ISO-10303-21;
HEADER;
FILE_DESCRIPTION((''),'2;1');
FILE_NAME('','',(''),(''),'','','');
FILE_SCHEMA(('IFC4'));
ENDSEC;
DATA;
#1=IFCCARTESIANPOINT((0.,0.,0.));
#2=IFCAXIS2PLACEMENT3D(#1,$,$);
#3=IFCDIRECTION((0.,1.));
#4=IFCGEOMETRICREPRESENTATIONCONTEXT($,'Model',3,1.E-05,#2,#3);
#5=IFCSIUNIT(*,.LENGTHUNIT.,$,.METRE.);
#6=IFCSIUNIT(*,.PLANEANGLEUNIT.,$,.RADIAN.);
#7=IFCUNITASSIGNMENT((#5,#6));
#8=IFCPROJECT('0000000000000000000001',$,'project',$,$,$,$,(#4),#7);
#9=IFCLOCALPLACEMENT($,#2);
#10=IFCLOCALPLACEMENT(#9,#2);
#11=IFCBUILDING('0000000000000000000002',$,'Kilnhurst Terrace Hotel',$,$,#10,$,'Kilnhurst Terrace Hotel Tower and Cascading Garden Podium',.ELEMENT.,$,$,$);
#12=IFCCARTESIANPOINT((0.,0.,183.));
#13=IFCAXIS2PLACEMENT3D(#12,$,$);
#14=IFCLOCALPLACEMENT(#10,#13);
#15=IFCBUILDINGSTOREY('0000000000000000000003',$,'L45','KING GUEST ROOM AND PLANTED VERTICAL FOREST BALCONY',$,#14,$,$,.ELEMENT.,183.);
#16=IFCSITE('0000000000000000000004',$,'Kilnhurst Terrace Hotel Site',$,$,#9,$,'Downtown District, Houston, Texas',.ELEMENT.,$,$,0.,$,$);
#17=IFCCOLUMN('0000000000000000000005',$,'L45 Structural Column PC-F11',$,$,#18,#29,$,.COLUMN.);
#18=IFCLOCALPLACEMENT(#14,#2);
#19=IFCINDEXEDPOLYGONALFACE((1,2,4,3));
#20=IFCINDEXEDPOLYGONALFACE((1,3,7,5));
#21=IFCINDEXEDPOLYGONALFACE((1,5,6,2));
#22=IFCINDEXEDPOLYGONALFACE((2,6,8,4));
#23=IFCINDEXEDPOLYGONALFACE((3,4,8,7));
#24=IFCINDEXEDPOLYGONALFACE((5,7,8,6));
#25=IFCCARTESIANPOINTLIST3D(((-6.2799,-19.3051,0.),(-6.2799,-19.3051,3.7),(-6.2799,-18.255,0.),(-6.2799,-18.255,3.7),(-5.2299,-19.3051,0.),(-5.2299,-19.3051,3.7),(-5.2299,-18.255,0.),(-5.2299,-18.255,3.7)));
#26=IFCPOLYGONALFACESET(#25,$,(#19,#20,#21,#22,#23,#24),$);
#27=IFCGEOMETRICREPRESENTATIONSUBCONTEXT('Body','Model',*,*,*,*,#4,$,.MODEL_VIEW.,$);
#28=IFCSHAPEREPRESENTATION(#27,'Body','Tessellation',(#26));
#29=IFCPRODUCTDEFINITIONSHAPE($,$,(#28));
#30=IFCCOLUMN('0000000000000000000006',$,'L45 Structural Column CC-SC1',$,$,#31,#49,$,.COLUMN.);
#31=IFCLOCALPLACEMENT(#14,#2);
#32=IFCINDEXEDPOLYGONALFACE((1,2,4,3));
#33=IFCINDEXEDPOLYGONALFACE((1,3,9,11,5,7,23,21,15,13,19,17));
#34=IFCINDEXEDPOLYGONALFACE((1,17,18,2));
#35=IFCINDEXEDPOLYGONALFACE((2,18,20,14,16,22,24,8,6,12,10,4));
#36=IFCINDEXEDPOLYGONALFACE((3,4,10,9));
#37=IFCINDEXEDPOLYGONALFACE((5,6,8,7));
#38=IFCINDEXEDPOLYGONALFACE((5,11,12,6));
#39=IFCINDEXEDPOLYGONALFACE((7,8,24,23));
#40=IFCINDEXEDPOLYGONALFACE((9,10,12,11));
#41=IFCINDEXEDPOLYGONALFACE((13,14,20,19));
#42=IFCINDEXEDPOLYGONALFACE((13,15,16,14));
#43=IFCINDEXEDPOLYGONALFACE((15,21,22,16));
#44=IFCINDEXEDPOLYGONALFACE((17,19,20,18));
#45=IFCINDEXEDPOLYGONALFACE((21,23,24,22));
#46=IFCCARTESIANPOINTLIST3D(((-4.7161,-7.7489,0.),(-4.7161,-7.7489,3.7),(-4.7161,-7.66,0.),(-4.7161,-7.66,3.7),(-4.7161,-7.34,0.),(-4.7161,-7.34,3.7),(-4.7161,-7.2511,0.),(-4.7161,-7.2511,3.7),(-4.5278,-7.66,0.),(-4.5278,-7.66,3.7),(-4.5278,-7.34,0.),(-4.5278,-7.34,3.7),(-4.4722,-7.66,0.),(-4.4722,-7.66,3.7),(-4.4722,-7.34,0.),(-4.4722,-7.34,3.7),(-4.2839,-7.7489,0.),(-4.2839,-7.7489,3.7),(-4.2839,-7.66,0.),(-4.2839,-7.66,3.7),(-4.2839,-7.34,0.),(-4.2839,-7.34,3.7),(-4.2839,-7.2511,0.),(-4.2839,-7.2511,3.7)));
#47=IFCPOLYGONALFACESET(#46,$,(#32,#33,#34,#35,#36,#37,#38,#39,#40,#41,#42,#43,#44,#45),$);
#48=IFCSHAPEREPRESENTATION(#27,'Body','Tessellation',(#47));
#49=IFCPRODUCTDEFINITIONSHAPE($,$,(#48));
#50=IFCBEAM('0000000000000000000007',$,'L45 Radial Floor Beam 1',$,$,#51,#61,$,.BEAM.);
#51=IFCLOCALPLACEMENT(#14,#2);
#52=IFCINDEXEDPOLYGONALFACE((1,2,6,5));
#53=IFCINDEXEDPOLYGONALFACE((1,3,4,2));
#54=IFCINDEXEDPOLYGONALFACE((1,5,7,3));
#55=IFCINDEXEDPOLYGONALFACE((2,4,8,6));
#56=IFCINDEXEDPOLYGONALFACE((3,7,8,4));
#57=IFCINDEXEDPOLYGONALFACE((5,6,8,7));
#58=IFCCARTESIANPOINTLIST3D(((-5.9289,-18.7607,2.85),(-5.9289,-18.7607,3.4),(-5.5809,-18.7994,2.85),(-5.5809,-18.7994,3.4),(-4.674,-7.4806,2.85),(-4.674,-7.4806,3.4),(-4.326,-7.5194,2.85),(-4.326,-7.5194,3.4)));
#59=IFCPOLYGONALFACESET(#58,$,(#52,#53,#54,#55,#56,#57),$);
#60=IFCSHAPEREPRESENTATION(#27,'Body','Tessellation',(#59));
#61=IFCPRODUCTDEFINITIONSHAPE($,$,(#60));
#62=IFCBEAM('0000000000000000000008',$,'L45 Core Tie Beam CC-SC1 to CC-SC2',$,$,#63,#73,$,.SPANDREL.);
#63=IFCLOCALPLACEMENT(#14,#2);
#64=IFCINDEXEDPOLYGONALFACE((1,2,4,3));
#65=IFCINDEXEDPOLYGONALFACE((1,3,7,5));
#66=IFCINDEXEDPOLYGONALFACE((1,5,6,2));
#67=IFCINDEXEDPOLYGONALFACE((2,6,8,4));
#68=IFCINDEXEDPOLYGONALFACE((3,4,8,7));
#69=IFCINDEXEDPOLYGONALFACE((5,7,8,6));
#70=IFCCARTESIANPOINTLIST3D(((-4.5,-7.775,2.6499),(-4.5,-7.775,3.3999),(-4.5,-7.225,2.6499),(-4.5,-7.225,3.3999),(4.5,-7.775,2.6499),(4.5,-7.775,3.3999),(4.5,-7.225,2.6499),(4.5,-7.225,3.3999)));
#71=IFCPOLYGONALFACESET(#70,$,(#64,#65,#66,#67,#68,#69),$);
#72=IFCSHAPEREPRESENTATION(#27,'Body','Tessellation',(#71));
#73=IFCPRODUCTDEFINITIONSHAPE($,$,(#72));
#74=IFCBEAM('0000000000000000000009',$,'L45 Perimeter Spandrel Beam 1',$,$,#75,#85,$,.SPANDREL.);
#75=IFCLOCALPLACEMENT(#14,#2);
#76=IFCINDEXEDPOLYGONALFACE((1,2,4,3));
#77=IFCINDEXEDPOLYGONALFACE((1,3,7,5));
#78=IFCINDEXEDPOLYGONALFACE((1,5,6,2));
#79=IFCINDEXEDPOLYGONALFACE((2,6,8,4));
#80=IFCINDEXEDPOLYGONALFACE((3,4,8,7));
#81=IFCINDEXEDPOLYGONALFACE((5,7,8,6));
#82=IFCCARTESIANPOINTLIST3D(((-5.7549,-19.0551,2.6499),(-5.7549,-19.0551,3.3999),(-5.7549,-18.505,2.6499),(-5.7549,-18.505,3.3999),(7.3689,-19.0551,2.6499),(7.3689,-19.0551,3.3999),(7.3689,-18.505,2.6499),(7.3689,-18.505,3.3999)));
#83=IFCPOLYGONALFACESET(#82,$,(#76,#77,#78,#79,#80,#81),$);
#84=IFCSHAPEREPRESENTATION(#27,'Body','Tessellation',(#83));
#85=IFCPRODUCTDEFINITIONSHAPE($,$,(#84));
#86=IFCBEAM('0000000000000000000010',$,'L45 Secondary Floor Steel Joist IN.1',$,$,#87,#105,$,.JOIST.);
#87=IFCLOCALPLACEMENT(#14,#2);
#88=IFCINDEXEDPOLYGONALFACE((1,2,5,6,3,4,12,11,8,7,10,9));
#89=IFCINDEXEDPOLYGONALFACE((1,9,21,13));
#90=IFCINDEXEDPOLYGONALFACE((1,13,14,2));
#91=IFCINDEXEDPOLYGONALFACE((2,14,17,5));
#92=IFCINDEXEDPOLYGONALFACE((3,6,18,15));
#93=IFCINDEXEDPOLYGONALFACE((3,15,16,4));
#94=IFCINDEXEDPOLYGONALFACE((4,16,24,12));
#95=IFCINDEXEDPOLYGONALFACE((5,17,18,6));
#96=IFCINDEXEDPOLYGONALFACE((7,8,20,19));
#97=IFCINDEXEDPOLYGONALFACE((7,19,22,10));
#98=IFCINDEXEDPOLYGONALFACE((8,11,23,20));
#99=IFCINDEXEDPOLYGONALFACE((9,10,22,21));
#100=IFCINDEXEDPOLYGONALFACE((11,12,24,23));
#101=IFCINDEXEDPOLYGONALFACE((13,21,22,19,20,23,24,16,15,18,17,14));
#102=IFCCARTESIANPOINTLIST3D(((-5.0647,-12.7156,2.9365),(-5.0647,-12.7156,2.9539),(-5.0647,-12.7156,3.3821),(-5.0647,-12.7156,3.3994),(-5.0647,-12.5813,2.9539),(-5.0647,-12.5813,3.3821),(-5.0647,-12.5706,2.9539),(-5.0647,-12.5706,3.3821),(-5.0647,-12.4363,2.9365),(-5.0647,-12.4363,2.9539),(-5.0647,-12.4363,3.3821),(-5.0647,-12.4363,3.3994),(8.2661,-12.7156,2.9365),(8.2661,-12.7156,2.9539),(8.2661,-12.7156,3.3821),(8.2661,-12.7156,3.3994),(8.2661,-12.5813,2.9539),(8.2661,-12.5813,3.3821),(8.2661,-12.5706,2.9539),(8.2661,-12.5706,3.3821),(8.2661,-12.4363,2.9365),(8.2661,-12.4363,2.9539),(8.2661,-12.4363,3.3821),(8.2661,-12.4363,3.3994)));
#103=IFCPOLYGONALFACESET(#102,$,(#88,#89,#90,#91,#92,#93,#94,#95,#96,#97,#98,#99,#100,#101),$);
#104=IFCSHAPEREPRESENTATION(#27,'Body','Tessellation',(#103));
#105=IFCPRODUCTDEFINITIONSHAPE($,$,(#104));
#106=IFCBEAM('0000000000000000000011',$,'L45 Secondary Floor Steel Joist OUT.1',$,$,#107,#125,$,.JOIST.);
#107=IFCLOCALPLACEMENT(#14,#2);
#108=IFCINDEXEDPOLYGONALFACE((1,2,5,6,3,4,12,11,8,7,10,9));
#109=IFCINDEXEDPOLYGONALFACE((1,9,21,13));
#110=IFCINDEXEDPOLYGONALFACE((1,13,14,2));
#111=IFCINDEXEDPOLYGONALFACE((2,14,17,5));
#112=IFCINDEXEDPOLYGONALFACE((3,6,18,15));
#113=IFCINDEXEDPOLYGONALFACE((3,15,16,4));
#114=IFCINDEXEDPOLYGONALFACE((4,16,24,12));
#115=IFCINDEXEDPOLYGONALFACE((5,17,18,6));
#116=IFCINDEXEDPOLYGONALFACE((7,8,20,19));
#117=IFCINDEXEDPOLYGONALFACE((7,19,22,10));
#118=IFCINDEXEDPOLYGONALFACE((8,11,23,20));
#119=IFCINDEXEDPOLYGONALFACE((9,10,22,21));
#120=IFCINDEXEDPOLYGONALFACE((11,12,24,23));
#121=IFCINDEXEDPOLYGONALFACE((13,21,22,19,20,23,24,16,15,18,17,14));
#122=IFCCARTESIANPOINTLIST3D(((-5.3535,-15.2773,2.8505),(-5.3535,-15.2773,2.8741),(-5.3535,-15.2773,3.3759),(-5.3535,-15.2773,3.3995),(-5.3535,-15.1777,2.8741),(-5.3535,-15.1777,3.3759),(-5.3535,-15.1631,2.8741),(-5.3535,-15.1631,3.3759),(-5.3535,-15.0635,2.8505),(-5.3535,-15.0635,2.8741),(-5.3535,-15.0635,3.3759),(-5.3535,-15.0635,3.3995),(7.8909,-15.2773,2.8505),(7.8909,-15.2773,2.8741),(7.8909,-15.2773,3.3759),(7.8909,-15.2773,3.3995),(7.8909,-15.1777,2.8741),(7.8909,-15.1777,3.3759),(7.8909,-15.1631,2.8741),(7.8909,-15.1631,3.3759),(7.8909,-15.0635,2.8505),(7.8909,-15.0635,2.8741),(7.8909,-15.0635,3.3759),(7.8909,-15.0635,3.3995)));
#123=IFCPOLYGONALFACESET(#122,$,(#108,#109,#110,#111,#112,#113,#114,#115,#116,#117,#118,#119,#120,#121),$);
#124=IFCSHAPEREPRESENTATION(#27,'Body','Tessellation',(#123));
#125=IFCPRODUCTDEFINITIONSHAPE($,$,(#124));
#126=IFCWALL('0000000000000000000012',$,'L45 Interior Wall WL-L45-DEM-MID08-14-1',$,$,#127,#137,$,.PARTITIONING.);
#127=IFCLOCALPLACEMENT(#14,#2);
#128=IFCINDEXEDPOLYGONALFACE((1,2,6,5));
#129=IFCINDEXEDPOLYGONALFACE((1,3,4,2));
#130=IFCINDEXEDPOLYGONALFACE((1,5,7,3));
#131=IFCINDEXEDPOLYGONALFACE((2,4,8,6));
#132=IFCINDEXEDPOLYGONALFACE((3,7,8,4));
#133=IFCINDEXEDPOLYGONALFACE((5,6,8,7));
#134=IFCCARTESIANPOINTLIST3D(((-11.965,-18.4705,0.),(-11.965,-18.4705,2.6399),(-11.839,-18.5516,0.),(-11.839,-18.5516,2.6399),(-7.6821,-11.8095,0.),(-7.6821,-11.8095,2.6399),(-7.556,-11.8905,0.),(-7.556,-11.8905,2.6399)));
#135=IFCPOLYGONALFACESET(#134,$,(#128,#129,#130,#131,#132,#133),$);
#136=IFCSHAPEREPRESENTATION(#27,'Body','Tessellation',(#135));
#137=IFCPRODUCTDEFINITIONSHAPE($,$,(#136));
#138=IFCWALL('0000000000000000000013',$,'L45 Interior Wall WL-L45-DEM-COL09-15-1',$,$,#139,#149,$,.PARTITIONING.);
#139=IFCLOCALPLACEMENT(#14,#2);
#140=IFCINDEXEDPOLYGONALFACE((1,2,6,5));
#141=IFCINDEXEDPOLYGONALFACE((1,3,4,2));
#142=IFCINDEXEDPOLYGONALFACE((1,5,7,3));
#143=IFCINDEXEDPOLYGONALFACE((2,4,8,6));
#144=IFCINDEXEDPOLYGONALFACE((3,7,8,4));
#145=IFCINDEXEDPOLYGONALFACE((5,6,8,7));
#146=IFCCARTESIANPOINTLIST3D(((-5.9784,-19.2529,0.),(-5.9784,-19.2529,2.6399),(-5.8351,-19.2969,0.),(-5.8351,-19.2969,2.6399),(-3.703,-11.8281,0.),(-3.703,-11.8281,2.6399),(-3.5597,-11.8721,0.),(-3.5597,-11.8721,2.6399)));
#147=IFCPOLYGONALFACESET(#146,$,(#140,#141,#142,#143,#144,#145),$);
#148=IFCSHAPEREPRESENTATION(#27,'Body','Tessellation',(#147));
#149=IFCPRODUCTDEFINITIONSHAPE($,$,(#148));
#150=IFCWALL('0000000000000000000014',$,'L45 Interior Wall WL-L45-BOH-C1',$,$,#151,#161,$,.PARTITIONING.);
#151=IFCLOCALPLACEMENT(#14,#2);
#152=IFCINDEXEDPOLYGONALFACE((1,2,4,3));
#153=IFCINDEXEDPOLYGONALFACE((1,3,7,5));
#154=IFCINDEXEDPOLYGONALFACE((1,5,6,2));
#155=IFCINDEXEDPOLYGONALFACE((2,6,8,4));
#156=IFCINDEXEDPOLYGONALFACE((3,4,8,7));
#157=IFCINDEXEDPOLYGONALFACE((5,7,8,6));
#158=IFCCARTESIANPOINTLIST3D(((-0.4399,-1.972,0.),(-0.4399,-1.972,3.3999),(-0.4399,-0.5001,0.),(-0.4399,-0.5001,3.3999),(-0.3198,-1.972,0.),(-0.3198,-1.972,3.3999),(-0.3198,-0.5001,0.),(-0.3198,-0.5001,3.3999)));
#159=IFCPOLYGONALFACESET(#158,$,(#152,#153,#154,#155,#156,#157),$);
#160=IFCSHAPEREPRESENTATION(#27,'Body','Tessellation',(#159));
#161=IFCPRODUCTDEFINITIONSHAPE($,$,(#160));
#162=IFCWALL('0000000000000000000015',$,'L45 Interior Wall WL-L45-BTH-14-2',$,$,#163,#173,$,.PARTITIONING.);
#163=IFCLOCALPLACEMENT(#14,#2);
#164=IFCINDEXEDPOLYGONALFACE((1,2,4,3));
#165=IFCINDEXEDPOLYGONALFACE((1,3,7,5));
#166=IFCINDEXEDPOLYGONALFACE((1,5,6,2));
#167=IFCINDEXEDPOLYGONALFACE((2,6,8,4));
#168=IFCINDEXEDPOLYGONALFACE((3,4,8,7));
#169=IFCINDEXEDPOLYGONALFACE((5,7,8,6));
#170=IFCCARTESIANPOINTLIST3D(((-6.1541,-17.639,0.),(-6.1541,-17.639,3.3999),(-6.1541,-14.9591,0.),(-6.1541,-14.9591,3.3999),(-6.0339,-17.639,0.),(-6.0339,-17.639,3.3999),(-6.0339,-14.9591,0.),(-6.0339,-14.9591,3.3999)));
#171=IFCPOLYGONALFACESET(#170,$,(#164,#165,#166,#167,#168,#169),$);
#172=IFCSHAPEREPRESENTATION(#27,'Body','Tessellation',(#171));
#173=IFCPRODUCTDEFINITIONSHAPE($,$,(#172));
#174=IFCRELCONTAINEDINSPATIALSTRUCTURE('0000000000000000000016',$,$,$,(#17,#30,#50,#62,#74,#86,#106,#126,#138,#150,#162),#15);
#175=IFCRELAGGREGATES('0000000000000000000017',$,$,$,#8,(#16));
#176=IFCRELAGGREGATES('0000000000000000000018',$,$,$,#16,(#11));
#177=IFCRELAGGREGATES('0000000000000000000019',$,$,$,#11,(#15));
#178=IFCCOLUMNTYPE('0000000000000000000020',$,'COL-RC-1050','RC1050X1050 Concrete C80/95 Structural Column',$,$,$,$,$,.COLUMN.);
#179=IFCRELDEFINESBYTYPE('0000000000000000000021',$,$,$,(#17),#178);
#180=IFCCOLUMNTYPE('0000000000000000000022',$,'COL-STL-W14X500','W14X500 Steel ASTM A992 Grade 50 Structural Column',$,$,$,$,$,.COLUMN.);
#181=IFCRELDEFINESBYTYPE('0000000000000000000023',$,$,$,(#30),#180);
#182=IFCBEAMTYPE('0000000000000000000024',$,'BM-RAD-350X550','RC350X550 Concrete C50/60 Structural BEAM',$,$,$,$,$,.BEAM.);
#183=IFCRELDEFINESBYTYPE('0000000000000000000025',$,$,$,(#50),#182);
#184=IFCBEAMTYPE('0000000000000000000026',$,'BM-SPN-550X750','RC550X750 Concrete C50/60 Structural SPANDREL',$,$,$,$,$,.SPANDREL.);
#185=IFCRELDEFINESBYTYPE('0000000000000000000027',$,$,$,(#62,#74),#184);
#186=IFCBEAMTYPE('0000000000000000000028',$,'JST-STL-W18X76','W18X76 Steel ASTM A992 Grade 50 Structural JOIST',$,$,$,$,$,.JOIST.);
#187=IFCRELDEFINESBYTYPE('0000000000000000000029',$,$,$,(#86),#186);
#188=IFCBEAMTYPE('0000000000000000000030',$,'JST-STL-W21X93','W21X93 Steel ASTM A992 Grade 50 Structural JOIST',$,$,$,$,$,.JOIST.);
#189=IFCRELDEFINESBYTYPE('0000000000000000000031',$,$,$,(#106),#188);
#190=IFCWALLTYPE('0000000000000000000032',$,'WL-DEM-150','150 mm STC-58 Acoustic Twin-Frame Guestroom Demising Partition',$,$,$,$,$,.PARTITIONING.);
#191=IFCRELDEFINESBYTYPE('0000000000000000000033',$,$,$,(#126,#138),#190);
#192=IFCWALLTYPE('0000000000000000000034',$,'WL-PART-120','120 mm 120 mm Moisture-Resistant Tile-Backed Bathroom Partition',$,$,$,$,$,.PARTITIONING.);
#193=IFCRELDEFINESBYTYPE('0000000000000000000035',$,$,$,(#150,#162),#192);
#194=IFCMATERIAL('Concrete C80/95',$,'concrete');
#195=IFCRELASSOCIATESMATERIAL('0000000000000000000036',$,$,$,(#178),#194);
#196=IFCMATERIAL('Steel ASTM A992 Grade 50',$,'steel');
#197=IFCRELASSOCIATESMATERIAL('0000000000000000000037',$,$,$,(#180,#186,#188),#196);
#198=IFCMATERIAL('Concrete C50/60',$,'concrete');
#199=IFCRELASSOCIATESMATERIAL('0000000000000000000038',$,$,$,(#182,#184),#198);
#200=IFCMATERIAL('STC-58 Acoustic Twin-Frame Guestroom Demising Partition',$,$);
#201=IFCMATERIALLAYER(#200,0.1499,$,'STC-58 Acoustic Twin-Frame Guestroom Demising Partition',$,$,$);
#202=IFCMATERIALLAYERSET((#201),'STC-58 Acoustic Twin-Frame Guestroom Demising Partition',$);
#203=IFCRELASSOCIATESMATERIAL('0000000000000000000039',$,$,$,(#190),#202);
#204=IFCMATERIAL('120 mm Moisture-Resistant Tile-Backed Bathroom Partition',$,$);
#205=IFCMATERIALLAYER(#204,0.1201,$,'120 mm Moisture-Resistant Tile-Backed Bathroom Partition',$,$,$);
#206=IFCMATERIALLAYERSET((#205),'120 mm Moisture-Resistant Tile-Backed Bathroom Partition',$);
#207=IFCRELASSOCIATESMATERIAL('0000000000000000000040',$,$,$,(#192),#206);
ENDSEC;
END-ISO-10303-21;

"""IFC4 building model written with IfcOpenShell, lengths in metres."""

from ifc_helpers import new_model, si_unit, direction, frame, frame_2d, origin, origin_2d, place, context, subcontext, project, spatial, rectangle, i_section, extrude, material, layer, layer_set, material_profile, profile_set, type_object, element, save


model = new_model("IFC4")

# Units and contexts
model_context = context("Model", 3, precision=1e-05, world=origin(), true_north=direction((0.0, 1.0)))
body_context = subcontext(model_context, "Body", "Model", "MODEL_VIEW")
ifc_project = project(units=[si_unit("LENGTHUNIT", "METRE"), si_unit("PLANEANGLEUNIT", "RADIAN")], contexts=[model_context])

# Site, building, storey
site_placement = place(None, origin())
site = spatial("IfcSite", under=ifc_project, at=site_placement, Name="Kilnhurst Terrace Hotel Site", LongName="Downtown District, Houston, Texas", CompositionType="ELEMENT", RefElevation=0.0)
building_placement = place(site_placement, origin())
building = spatial("IfcBuilding", under=site, at=building_placement, Name="Kilnhurst Terrace Hotel", LongName="Kilnhurst Terrace Hotel Tower and Cascading Garden Podium", CompositionType="ELEMENT")
storey_placement = place(building_placement, frame((0.0, 0.0, 183.0)))
storey = spatial("IfcBuildingStorey", under=building, at=storey_placement, Name="L45", Description="KING GUEST ROOM AND PLANTED VERTICAL FOREST BALCONY", CompositionType="ELEMENT", Elevation=183.0)

# Columns
ifc_material_1 = material(Name="Concrete C80/95", Category="concrete")
ifc_material_profile_1 = material_profile(ifc_material_1, rectangle(XDim=1.05, YDim=1.05, at=origin_2d()), Name="RC1050X1050")
ifc_profile_set_1 = profile_set([ifc_material_profile_1], Name="Concrete C80/95")
column_type_1 = type_object("IfcColumnType", Name="COL-RC-1050", Description="RC1050X1050 Concrete C80/95 Structural Column", PredefinedType="COLUMN", material=ifc_profile_set_1)
column_1_placement = place(storey_placement, frame((-5.7549, -18.78, 0.0), z_axis=(0.0, 0.0, 1.0), x_axis=(1.0, 0.0, 0.0)))
element("IfcColumn", 1, at=column_1_placement, inside=storey, type_object=column_type_1, Name="L45 Structural Column PC-F11", PredefinedType="COLUMN", context=body_context, shape_type="SweptSolid", body=[
    extrude(rectangle(XDim=1.05, YDim=1.05, at=origin_2d()), origin(), (0.0, 0.0, 1.0), 3.7),
])
ifc_material_2 = material(Name="Steel ASTM A992 Grade 50", Category="steel")
ifc_material_profile_2 = material_profile(ifc_material_2, i_section(OverallWidth=0.4321, OverallDepth=0.4978, WebThickness=0.0557, FlangeThickness=0.0889, at=origin_2d()), Name="W14X500")
ifc_profile_set_2 = profile_set([ifc_material_profile_2], Name="Steel ASTM A992 Grade 50")
column_type_2 = type_object("IfcColumnType", Name="COL-STL-W14X500", Description="W14X500 Steel ASTM A992 Grade 50 Structural Column", PredefinedType="COLUMN", material=ifc_profile_set_2)
column_2_placement = place(storey_placement, frame((-4.5, -7.5, 0.0), z_axis=(0.0, 0.0, 1.0), x_axis=(1.0, 0.0, 0.0)))
element("IfcColumn", 2, at=column_2_placement, inside=storey, type_object=column_type_2, Name="L45 Structural Column CC-SC1", PredefinedType="COLUMN", context=body_context, shape_type="SweptSolid", body=[
    extrude(i_section(OverallWidth=0.4321, OverallDepth=0.4978, WebThickness=0.0557, FlangeThickness=0.0889, at=origin_2d()), origin(), (0.0, 0.0, 1.0), 3.7),
])

# Beams
ifc_material_3 = material(Name="Concrete C50/60", Category="concrete")
ifc_material_profile_3 = material_profile(ifc_material_3, rectangle(XDim=0.3501, YDim=0.55, at=origin_2d()), Name="RC350X550")
ifc_profile_set_3 = profile_set([ifc_material_profile_3], Name="Concrete C50/60")
beam_type_1 = type_object("IfcBeamType", Name="BM-RAD-350X550", Description="RC350X550 Concrete C50/60 Structural BEAM", PredefinedType="BEAM", material=ifc_profile_set_3)
beam_1_placement = place(storey_placement, frame((-4.5, -7.5, 3.125), z_axis=(-0.110566, -0.993869, 0.0), x_axis=(0.993869, -0.110566, 0.0)))
element("IfcBeam", 3, at=beam_1_placement, inside=storey, type_object=beam_type_1, Name="L45 Radial Floor Beam 1", PredefinedType="BEAM", context=body_context, shape_type="SweptSolid", body=[
    extrude(rectangle(XDim=0.3501, YDim=0.55, at=origin_2d()), origin(), (0.0, 0.0, 1.0), 11.3496),
])
ifc_material_profile_4 = material_profile(ifc_material_3, rectangle(XDim=0.55, YDim=0.75, at=origin_2d()), Name="RC550X750")
ifc_profile_set_4 = profile_set([ifc_material_profile_4], Name="Concrete C50/60")
beam_type_2 = type_object("IfcBeamType", Name="BM-SPN-550X750", Description="RC550X750 Concrete C50/60 Structural SPANDREL", PredefinedType="SPANDREL", material=ifc_profile_set_4)
beam_2_placement = place(storey_placement, frame((-4.5, -7.5, 3.0249), z_axis=(1.0, 0.0, 0.0), x_axis=(0.0, 1.0, 0.0)))
element("IfcBeam", 4, at=beam_2_placement, inside=storey, type_object=beam_type_2, Name="L45 Core Tie Beam CC-SC1 to CC-SC2", PredefinedType="SPANDREL", context=body_context, shape_type="SweptSolid", body=[
    extrude(rectangle(XDim=0.55, YDim=0.75, at=origin_2d()), origin(), (0.0, 0.0, 1.0), 9.0),
])
beam_3_placement = place(storey_placement, frame((-5.7549, -18.78, 3.0249), z_axis=(1.0, 0.0, 0.0), x_axis=(0.0, 1.0, 0.0)))
element("IfcBeam", 5, at=beam_3_placement, inside=storey, type_object=beam_type_2, Name="L45 Perimeter Spandrel Beam 1", PredefinedType="SPANDREL", context=body_context, shape_type="SweptSolid", body=[
    extrude(rectangle(XDim=0.55, YDim=0.75, at=origin_2d()), origin(), (0.0, 0.0, 1.0), 13.1238),
])
ifc_material_profile_5 = material_profile(ifc_material_2, i_section(OverallWidth=0.2793, OverallDepth=0.4629, WebThickness=0.0107, FlangeThickness=0.0173, at=origin_2d()), Name="W18X76")
ifc_profile_set_5 = profile_set([ifc_material_profile_5], Name="Steel ASTM A992 Grade 50")
beam_type_3 = type_object("IfcBeamType", Name="JST-STL-W18X76", Description="W18X76 Steel ASTM A992 Grade 50 Structural JOIST", PredefinedType="JOIST", material=ifc_profile_set_5)
beam_4_placement = place(storey_placement, frame((-5.0647, -12.5759, 3.168), z_axis=(1.0, 0.0, 0.0), x_axis=(0.0, 1.0, 0.0)))
element("IfcBeam", 6, at=beam_4_placement, inside=storey, type_object=beam_type_3, Name="L45 Secondary Floor Steel Joist IN.1", PredefinedType="JOIST", context=body_context, shape_type="SweptSolid", body=[
    extrude(i_section(OverallWidth=0.2793, OverallDepth=0.4629, WebThickness=0.0107, FlangeThickness=0.0173, at=origin_2d()), origin(), (0.0, 0.0, 1.0), 13.3308),
])
ifc_material_profile_6 = material_profile(ifc_material_2, i_section(OverallWidth=0.2139, OverallDepth=0.5491, WebThickness=0.0146, FlangeThickness=0.0237, at=origin_2d()), Name="W21X93")
ifc_profile_set_6 = profile_set([ifc_material_profile_6], Name="Steel ASTM A992 Grade 50")
beam_type_4 = type_object("IfcBeamType", Name="JST-STL-W21X93", Description="W21X93 Steel ASTM A992 Grade 50 Structural JOIST", PredefinedType="JOIST", material=ifc_profile_set_6)
beam_5_placement = place(storey_placement, frame((-5.3535, -15.1704, 3.125), z_axis=(1.0, 0.0, 0.0), x_axis=(0.0, 1.0, 0.0)))
element("IfcBeam", 7, at=beam_5_placement, inside=storey, type_object=beam_type_4, Name="L45 Secondary Floor Steel Joist OUT.1", PredefinedType="JOIST", context=body_context, shape_type="SweptSolid", body=[
    extrude(i_section(OverallWidth=0.2139, OverallDepth=0.5491, WebThickness=0.0146, FlangeThickness=0.0237, at=origin_2d()), origin(), (0.0, 0.0, 1.0), 13.2444),
])

# Walls
ifc_material_4 = material(Name="STC-58 Acoustic Twin-Frame Guestroom Demising Partition")
ifc_layer_1 = layer(ifc_material_4, 0.1499, Name="STC-58 Acoustic Twin-Frame Guestroom Demising Partition")
ifc_layer_set_1 = layer_set([ifc_layer_1], Name="STC-58 Acoustic Twin-Frame Guestroom Demising Partition")
wall_type_1 = type_object("IfcWallType", Name="WL-DEM-150", Description="150 mm STC-58 Acoustic Twin-Frame Guestroom Demising Partition", PredefinedType="PARTITIONING", material=ifc_layer_set_1)
wall_1_placement = place(storey_placement, frame((-7.6191, -11.8501, 0.0), z_axis=(0.0, 0.0, 1.0), x_axis=(-0.540829, -0.841132, 0.0)))
element("IfcWall", 8, at=wall_1_placement, inside=storey, type_object=wall_type_1, Name="L45 Interior Wall WL-L45-DEM-MID08-14-1", PredefinedType="PARTITIONING", context=body_context, shape_type="SweptSolid", body=[
    extrude(rectangle(XDim=7.9192, YDim=0.1499, at=frame_2d((3.9595, 0.0))), origin(), (0.0, 0.0, 1.0), 2.6399),
])
wall_2_placement = place(storey_placement, frame((-3.6313, -11.8501, 0.0), z_axis=(0.0, 0.0, 1.0), x_axis=(-0.293008, -0.95611, 0.0)))
element("IfcWall", 9, at=wall_2_placement, inside=storey, type_object=wall_type_1, Name="L45 Interior Wall WL-L45-DEM-COL09-15-1", PredefinedType="PARTITIONING", context=body_context, shape_type="SweptSolid", body=[
    extrude(rectangle(XDim=7.7656, YDim=0.1499, at=frame_2d((3.8828, 0.0))), origin(), (0.0, 0.0, 1.0), 2.6399),
])
ifc_material_5 = material(Name="120 mm Moisture-Resistant Tile-Backed Bathroom Partition")
ifc_layer_2 = layer(ifc_material_5, 0.1201, Name="120 mm Moisture-Resistant Tile-Backed Bathroom Partition")
ifc_layer_set_2 = layer_set([ifc_layer_2], Name="120 mm Moisture-Resistant Tile-Backed Bathroom Partition")
wall_type_2 = type_object("IfcWallType", Name="WL-PART-120", Description="120 mm 120 mm Moisture-Resistant Tile-Backed Bathroom Partition", PredefinedType="PARTITIONING", material=ifc_layer_set_2)
wall_3_placement = place(storey_placement, frame((-0.3799, -1.9719, 0.0), z_axis=(0.0, 0.0, 1.0), x_axis=(0.0, 1.0, 0.0)))
element("IfcWall", 10, at=wall_3_placement, inside=storey, type_object=wall_type_2, Name="L45 Interior Wall WL-L45-BOH-C1", PredefinedType="PARTITIONING", context=body_context, shape_type="SweptSolid", body=[
    extrude(rectangle(XDim=1.4719, YDim=0.1201, at=frame_2d((0.7358, 0.0))), origin(), (0.0, 0.0, 1.0), 3.3999),
])
wall_4_placement = place(storey_placement, frame((-6.094, -17.6389, 0.0), z_axis=(0.0, 0.0, 1.0), x_axis=(0.0, 1.0, 0.0)))
element("IfcWall", 11, at=wall_4_placement, inside=storey, type_object=wall_type_2, Name="L45 Interior Wall WL-L45-BTH-14-2", PredefinedType="PARTITIONING", context=body_context, shape_type="SweptSolid", body=[
    extrude(rectangle(XDim=2.6799, YDim=0.1201, at=frame_2d((1.3398, 0.0))), origin(), (0.0, 0.0, 1.0), 3.3999),
])

save(model, "model.ifc")
